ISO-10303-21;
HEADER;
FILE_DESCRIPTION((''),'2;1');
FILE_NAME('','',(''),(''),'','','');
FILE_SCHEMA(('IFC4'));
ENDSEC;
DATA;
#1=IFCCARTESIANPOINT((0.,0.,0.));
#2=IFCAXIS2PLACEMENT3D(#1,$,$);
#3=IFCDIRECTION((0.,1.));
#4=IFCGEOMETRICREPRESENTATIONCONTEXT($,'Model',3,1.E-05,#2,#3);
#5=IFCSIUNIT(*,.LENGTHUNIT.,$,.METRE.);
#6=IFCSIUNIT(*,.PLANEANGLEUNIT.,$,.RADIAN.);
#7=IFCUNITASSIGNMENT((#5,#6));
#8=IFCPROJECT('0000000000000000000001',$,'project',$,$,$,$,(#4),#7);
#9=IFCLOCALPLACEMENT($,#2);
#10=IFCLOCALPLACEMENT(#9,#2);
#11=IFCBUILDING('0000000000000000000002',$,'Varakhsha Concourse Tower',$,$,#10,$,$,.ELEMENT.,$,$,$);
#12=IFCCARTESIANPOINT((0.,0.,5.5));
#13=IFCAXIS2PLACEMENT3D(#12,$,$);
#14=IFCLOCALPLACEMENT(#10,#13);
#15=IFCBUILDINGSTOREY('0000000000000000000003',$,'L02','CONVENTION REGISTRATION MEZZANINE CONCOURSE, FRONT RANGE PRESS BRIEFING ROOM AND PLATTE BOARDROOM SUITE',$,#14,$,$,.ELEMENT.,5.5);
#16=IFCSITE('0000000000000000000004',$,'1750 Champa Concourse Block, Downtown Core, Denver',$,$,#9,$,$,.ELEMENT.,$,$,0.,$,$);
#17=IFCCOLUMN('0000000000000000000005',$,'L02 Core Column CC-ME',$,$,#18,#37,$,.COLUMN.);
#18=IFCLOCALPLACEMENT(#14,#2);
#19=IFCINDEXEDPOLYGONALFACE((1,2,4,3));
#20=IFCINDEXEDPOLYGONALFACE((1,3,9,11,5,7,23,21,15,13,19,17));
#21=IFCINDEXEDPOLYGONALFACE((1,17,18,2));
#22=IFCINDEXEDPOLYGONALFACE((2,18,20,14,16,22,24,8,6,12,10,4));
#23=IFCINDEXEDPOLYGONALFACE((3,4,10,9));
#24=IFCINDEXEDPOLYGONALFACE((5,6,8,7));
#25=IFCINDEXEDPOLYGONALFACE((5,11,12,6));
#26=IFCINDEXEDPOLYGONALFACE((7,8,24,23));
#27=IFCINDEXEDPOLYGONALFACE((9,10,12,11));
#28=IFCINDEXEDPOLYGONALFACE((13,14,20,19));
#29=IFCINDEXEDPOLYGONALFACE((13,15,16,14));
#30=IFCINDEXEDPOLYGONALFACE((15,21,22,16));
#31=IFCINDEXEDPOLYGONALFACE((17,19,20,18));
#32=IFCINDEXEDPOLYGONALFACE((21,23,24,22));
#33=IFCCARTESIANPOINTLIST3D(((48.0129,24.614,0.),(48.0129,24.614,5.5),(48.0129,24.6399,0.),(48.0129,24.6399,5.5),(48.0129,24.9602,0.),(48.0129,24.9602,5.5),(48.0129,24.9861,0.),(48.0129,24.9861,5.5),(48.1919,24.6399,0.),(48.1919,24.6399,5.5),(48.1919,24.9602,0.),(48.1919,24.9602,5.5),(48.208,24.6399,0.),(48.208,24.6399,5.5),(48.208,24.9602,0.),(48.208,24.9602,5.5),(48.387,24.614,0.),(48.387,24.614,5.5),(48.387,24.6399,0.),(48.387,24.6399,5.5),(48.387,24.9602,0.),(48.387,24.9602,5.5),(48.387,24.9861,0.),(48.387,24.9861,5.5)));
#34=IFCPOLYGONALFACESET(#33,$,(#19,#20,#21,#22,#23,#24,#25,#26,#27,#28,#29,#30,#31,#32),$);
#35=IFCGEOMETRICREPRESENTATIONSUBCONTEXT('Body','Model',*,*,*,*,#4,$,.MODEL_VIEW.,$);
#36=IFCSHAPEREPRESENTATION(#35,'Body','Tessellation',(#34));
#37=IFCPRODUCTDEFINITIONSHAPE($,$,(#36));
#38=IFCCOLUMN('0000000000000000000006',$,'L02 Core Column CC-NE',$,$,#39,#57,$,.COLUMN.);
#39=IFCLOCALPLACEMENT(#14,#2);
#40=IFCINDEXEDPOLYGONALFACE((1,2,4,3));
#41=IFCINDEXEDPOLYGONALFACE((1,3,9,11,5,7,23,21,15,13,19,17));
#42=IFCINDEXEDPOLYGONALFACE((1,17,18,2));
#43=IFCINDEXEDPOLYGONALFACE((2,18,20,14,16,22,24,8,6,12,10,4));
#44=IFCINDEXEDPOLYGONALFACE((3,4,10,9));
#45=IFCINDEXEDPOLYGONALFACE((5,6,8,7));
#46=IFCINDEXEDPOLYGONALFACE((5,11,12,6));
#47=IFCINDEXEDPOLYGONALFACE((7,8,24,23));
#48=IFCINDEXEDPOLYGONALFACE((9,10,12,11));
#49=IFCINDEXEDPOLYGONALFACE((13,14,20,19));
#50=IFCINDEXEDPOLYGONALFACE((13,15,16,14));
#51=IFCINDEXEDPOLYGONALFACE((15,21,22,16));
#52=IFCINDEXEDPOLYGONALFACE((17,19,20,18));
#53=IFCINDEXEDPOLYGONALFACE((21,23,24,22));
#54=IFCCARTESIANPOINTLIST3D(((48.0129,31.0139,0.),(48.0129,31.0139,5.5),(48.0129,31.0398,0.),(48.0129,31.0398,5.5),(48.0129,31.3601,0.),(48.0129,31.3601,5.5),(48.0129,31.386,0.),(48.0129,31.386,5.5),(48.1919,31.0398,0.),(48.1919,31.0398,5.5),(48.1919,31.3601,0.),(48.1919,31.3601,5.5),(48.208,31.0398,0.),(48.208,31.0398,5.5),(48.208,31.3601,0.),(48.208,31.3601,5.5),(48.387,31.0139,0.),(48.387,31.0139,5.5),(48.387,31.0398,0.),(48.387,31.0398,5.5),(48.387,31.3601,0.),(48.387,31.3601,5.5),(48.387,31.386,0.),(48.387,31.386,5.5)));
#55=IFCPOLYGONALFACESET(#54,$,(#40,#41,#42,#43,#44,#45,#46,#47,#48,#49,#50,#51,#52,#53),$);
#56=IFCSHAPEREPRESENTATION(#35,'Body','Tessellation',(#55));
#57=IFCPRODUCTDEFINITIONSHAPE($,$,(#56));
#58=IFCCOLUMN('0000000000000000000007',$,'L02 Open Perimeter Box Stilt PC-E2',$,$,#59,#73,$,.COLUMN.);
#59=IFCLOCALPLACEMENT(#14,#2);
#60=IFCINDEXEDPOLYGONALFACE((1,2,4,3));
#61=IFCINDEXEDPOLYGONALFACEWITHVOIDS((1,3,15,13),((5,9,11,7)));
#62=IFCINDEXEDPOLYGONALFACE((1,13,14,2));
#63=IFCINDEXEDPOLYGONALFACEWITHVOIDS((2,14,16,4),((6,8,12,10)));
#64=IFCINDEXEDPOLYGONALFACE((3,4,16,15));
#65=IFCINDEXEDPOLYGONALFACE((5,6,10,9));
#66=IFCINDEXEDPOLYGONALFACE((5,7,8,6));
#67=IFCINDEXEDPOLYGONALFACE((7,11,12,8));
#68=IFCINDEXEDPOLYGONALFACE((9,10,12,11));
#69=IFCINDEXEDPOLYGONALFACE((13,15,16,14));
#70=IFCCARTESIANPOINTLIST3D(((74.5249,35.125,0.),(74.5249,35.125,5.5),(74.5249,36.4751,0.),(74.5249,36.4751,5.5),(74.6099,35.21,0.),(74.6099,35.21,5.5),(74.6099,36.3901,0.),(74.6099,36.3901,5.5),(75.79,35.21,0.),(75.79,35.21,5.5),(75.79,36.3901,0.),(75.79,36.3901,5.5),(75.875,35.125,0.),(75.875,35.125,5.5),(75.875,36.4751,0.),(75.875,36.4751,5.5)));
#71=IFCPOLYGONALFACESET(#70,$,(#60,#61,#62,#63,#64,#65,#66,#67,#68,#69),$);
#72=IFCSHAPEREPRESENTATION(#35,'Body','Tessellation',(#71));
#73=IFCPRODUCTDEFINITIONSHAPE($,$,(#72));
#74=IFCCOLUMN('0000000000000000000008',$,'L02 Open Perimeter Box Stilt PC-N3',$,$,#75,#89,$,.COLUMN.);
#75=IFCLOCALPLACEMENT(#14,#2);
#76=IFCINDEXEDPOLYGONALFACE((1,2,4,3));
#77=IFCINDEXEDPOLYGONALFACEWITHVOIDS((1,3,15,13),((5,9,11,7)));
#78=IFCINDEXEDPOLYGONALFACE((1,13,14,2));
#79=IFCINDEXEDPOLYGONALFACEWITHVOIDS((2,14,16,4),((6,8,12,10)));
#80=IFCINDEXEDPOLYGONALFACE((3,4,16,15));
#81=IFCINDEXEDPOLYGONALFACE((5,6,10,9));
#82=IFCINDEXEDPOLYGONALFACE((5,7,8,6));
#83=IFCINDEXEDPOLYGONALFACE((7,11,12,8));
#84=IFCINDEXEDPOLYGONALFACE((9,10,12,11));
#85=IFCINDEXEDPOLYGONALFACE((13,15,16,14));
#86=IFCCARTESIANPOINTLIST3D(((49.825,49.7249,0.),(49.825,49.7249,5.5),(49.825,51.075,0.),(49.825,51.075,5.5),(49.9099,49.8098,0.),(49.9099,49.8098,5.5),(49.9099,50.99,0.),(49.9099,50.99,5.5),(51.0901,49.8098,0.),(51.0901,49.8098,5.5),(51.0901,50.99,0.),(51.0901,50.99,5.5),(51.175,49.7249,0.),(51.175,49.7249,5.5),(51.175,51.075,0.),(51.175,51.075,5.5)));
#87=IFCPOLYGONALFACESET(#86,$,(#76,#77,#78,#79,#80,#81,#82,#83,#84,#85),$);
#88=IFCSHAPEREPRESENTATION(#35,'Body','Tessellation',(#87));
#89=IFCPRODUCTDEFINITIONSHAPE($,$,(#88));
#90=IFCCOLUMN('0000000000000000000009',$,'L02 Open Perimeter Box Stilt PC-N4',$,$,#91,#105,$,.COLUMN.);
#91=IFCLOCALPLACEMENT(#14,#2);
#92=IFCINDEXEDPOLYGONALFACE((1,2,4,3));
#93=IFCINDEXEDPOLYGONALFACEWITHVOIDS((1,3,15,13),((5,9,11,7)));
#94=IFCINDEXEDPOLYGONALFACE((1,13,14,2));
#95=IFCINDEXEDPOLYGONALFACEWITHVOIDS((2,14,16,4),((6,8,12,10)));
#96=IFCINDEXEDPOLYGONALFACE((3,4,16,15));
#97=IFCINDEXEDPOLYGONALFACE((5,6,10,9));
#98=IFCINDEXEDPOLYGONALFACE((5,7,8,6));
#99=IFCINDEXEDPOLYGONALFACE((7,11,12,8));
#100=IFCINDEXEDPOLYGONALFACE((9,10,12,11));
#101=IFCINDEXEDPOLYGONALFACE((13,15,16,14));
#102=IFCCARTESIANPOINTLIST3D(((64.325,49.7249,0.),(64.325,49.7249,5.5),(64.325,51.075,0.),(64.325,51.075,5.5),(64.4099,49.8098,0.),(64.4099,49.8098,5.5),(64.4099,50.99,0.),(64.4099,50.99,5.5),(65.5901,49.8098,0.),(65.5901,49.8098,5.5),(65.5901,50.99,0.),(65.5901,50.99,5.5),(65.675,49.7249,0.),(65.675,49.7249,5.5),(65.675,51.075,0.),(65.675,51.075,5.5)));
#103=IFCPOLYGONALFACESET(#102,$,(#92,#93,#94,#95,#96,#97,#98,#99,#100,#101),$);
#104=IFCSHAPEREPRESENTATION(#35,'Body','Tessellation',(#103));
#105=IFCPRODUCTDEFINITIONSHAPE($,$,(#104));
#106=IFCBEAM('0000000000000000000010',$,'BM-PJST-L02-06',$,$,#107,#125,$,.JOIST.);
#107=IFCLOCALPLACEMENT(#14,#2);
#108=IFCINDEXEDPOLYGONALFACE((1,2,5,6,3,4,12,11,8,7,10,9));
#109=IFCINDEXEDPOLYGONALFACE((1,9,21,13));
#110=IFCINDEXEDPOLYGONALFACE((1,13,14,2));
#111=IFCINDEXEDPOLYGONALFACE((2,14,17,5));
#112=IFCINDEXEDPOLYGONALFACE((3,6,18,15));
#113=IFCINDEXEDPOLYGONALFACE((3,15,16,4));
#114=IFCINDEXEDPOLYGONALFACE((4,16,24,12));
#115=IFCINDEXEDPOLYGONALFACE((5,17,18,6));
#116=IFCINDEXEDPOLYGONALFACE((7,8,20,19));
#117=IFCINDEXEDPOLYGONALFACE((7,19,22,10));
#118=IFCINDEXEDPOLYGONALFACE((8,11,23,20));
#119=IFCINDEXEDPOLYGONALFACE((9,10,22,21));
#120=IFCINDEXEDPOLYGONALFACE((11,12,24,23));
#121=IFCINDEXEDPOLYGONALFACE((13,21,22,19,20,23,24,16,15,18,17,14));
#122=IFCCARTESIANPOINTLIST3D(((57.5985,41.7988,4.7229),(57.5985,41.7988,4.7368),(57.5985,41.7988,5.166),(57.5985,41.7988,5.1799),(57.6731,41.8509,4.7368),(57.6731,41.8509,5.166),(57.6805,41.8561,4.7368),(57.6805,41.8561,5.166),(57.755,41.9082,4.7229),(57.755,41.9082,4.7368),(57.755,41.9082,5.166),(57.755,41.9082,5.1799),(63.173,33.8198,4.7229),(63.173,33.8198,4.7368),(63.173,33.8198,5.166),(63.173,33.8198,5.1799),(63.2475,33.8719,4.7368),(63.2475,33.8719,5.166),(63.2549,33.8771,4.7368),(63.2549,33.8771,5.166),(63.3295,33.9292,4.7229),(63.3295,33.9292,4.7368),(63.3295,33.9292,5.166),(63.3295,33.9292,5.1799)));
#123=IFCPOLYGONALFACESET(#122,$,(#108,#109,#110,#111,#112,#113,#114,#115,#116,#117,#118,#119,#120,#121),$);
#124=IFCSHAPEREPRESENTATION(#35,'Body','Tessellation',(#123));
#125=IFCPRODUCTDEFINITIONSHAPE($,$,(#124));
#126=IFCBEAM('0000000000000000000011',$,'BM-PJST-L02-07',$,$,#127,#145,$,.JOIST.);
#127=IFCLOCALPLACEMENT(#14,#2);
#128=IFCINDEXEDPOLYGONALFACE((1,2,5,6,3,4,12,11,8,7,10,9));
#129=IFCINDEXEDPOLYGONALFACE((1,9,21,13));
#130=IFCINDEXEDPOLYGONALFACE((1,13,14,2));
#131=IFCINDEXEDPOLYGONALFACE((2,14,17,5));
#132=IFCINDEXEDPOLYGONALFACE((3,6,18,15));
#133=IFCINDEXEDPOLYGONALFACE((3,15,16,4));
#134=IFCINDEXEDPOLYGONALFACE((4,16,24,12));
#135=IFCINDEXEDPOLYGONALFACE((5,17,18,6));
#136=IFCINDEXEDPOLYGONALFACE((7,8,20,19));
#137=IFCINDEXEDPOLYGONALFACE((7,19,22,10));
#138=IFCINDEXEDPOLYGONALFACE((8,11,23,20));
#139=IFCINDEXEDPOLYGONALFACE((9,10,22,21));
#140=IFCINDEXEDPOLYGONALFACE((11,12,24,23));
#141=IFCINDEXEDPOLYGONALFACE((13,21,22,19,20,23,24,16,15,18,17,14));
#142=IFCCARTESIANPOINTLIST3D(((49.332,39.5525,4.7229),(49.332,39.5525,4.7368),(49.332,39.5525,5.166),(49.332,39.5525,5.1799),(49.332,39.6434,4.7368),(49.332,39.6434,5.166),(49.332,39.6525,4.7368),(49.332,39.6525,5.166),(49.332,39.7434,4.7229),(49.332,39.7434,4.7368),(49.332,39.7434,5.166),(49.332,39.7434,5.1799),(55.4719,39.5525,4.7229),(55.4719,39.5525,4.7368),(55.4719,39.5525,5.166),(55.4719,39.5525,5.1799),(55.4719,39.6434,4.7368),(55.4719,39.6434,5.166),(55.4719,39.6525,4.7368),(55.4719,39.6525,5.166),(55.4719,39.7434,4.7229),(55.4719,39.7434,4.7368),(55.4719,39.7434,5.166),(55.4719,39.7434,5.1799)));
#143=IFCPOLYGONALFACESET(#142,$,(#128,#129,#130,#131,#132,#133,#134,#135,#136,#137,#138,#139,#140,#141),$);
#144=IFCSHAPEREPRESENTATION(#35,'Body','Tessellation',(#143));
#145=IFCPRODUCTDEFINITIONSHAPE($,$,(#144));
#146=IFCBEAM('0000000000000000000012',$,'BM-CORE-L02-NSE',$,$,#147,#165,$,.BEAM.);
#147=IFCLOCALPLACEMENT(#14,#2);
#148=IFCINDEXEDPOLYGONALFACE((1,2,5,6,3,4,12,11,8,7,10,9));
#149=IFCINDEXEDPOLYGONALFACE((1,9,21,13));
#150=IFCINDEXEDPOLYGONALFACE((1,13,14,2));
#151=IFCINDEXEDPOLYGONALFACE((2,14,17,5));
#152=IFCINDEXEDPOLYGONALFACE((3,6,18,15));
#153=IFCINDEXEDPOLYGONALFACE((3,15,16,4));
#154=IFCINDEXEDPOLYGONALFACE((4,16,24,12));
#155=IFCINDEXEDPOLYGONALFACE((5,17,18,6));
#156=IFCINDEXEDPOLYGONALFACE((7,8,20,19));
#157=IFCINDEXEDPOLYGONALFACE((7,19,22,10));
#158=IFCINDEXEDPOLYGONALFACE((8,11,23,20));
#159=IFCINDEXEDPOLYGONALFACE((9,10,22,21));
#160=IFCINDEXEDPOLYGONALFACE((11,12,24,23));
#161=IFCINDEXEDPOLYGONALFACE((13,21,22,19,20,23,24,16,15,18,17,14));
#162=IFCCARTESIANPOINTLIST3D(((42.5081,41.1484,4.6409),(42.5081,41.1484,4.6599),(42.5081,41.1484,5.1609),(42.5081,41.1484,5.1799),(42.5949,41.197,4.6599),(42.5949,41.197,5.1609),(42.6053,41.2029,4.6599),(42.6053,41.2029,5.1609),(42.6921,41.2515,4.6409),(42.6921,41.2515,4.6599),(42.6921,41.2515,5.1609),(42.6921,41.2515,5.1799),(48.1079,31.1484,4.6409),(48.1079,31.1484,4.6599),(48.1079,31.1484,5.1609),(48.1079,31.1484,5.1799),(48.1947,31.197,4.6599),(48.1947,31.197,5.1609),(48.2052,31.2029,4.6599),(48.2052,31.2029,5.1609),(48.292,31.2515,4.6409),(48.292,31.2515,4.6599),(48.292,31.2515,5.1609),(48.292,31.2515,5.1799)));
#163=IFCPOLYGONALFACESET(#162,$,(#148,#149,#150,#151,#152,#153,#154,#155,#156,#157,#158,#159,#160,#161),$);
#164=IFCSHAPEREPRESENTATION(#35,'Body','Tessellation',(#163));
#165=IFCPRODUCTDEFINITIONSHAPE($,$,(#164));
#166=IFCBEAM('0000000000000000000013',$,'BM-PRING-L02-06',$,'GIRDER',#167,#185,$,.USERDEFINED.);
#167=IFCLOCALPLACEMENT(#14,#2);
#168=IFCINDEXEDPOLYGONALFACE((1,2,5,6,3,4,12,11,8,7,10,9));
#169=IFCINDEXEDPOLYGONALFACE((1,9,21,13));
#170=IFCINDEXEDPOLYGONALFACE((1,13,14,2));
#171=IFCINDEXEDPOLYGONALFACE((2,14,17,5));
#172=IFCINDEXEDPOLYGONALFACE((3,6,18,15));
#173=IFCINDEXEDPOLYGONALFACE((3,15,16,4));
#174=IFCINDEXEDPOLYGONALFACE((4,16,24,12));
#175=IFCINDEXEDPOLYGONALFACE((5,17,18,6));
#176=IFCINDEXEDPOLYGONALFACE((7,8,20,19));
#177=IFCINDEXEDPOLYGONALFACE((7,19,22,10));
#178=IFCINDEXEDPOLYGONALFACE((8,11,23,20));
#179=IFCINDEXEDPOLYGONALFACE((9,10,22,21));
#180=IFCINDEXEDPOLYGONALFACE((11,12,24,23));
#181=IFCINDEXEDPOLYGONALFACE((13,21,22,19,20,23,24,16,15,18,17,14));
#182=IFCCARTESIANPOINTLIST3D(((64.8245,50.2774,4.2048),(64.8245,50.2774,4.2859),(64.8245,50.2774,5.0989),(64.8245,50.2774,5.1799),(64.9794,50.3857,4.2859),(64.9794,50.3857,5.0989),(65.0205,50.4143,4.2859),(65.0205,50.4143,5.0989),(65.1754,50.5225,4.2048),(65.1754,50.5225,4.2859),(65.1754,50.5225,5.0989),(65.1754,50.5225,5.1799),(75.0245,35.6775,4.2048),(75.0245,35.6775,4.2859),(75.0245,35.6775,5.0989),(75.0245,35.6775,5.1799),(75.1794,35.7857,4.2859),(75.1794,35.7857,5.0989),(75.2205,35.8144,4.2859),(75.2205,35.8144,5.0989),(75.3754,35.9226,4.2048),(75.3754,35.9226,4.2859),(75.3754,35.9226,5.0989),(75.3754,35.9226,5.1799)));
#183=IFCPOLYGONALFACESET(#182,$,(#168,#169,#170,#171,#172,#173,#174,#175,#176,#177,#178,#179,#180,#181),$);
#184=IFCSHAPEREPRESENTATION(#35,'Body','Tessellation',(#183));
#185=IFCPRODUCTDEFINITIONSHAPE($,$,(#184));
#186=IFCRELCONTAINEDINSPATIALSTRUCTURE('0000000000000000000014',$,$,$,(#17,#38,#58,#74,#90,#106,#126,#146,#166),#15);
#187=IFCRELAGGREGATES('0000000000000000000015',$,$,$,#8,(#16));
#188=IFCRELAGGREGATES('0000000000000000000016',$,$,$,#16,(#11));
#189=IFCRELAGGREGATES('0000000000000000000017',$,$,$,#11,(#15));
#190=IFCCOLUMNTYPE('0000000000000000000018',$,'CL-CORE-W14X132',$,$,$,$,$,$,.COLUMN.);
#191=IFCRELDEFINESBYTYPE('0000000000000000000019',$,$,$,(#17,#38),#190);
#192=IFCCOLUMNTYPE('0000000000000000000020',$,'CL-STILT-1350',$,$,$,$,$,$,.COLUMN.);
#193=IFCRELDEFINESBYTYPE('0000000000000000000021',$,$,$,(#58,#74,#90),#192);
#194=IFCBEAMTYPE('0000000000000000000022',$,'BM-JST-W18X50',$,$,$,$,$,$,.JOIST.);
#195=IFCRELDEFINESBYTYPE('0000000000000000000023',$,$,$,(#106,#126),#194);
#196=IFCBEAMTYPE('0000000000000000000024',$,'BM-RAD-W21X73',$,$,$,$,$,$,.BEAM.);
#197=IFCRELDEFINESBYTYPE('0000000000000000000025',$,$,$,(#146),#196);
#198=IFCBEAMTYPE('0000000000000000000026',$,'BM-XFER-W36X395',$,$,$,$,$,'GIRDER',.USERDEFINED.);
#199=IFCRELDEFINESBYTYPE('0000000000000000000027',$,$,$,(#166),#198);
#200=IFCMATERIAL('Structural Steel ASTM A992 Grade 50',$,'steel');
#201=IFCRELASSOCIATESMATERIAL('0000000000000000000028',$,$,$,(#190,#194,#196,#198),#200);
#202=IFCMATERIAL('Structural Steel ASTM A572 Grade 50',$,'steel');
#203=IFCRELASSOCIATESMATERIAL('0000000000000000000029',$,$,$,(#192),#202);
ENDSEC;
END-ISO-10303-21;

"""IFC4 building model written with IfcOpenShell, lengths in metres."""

from ifc_helpers import new_model, si_unit, direction, frame, origin, origin_2d, place, context, subcontext, project, spatial, hollow_rectangle, i_section, extrude, material, material_profile, profile_set, type_object, element, save


model = new_model("IFC4")

# Units and contexts
model_context = context("Model", 3, precision=1e-05, world=origin(), true_north=direction((0.0, 1.0)))
body_context = subcontext(model_context, "Body", "Model", "MODEL_VIEW")
ifc_project = project(units=[si_unit("LENGTHUNIT", "METRE"), si_unit("PLANEANGLEUNIT", "RADIAN")], contexts=[model_context])

# Site, building, storey
site_placement = place(None, origin())
site = spatial("IfcSite", under=ifc_project, at=site_placement, Name="1750 Champa Concourse Block, Downtown Core, Denver", CompositionType="ELEMENT", RefElevation=0.0)
building_placement = place(site_placement, origin())
building = spatial("IfcBuilding", under=site, at=building_placement, Name="Varakhsha Concourse Tower", CompositionType="ELEMENT")
storey_placement = place(building_placement, frame((0.0, 0.0, 5.5)))
storey = spatial("IfcBuildingStorey", under=building, at=storey_placement, Name="L02", Description="CONVENTION REGISTRATION MEZZANINE CONCOURSE, FRONT RANGE PRESS BRIEFING ROOM AND PLATTE BOARDROOM SUITE", CompositionType="ELEMENT", Elevation=5.5)

# Columns
ifc_material_1 = material(Name="Structural Steel ASTM A992 Grade 50", Category="steel")
ifc_material_profile_1 = material_profile(ifc_material_1, i_section(OverallWidth=0.374, OverallDepth=0.3721, WebThickness=0.0161, FlangeThickness=0.0259, at=origin_2d()), Name="W14X132")
ifc_profile_set_1 = profile_set([ifc_material_profile_1], Name="Structural Steel ASTM A992 Grade 50")
column_type_1 = type_object("IfcColumnType", Name="CL-CORE-W14X132", PredefinedType="COLUMN", material=ifc_profile_set_1)
for number, where, z_axis, x_axis, name in (
    (1, (48.2, 24.8, 0.0), (0.0, 0.0, 1.0), (1.0, 0.0, 0.0), "L02 Core Column CC-ME"),
    (2, (48.2, 31.2, 0.0), (0.0, 0.0, 1.0), (1.0, 0.0, 0.0), "L02 Core Column CC-NE"),
):
    element("IfcColumn", number, at=place(storey_placement, frame(where, z_axis=z_axis, x_axis=x_axis)), inside=storey, type_object=column_type_1, Name=name, PredefinedType="COLUMN", context=body_context, shape_type="SweptSolid", body=[
        extrude(i_section(OverallWidth=0.374, OverallDepth=0.3721, WebThickness=0.0161, FlangeThickness=0.0259, at=origin_2d()), origin(), (0.0, 0.0, 1.0), 5.5),
    ])
ifc_material_2 = material(Name="Structural Steel ASTM A572 Grade 50", Category="steel")
ifc_material_profile_2 = material_profile(ifc_material_2, hollow_rectangle(XDim=1.3501, YDim=1.3501, WallThickness=0.085, at=origin_2d()), Name="BOX 1350x1350x85")
ifc_profile_set_2 = profile_set([ifc_material_profile_2], Name="Structural Steel ASTM A572 Grade 50")
column_type_2 = type_object("IfcColumnType", Name="CL-STILT-1350", PredefinedType="COLUMN", material=ifc_profile_set_2)
for number, where, z_axis, x_axis, name in (
    (3, (75.2, 35.8, 0.0), (0.0, 0.0, 1.0), (1.0, 0.0, 0.0), "L02 Open Perimeter Box Stilt PC-E2"),
    (4, (50.5, 50.3999, 0.0), (0.0, 0.0, 1.0), (1.0, 0.0, 0.0), "L02 Open Perimeter Box Stilt PC-N3"),
    (5, (65.0, 50.3999, 0.0), (0.0, 0.0, 1.0), (1.0, 0.0, 0.0), "L02 Open Perimeter Box Stilt PC-N4"),
):
    element("IfcColumn", number, at=place(storey_placement, frame(where, z_axis=z_axis, x_axis=x_axis)), inside=storey, type_object=column_type_2, Name=name, PredefinedType="COLUMN", context=body_context, shape_type="SweptSolid", body=[
        extrude(hollow_rectangle(XDim=1.3501, YDim=1.3501, WallThickness=0.085, at=origin_2d()), origin(), (0.0, 0.0, 1.0), 5.5),
    ])

# Beams
ifc_material_profile_3 = material_profile(ifc_material_1, i_section(OverallWidth=0.1909, OverallDepth=0.457, WebThickness=0.009, FlangeThickness=0.0139, at=origin_2d()), Name="W18X50")
ifc_profile_set_3 = profile_set([ifc_material_profile_3], Name="Structural Steel ASTM A992 Grade 50")
beam_type_1 = type_object("IfcBeamType", Name="BM-JST-W18X50", PredefinedType="JOIST", material=ifc_profile_set_3)
beam_1_placement = place(storey_placement, frame((63.2512, 33.8745, 4.9514), z_axis=(-0.572715, 0.819755, 0.0), x_axis=(-0.819755, -0.572715, 0.0)))
element("IfcBeam", 6, at=beam_1_placement, inside=storey, type_object=beam_type_1, Name="BM-PJST-L02-06", PredefinedType="JOIST", context=body_context, shape_type="SweptSolid", body=[
    extrude(i_section(OverallWidth=0.1909, OverallDepth=0.457, WebThickness=0.009, FlangeThickness=0.0139, at=origin_2d()), origin(), (0.0, 0.0, 1.0), 9.7334),
])
beam_2_placement = place(storey_placement, frame((55.4719, 39.6479, 4.9514), z_axis=(-1.0, 0.0, 0.0), x_axis=(0.0, -1.0, 0.0)))
element("IfcBeam", 7, at=beam_2_placement, inside=storey, type_object=beam_type_1, Name="BM-PJST-L02-07", PredefinedType="JOIST", context=body_context, shape_type="SweptSolid", body=[
    extrude(i_section(OverallWidth=0.1909, OverallDepth=0.457, WebThickness=0.009, FlangeThickness=0.0139, at=origin_2d()), origin(), (0.0, 0.0, 1.0), 6.1399),
])
ifc_material_profile_4 = material_profile(ifc_material_1, i_section(OverallWidth=0.2109, OverallDepth=0.5391, WebThickness=0.012, FlangeThickness=0.019, at=origin_2d()), Name="W21X73")
ifc_profile_set_4 = profile_set([ifc_material_profile_4], Name="Structural Steel ASTM A992 Grade 50")
beam_type_2 = type_object("IfcBeamType", Name="BM-RAD-W21X73", PredefinedType="BEAM", material=ifc_profile_set_4)
beam_3_placement = place(storey_placement, frame((48.2, 31.2, 4.9104), z_axis=(-0.488594, 0.872511, 0.0), x_axis=(-0.872511, -0.488594, 0.0)))
element("IfcBeam", 8, at=beam_3_placement, inside=storey, type_object=beam_type_2, Name="BM-CORE-L02-NSE", PredefinedType="BEAM", context=body_context, shape_type="SweptSolid", body=[
    extrude(i_section(OverallWidth=0.2109, OverallDepth=0.5391, WebThickness=0.012, FlangeThickness=0.019, at=origin_2d()), origin(), (0.0, 0.0, 1.0), 11.4612),
])
ifc_material_profile_5 = material_profile(ifc_material_1, i_section(OverallWidth=0.428, OverallDepth=0.9751, WebThickness=0.05, FlangeThickness=0.0811, at=origin_2d()), Name="W36X395")
ifc_profile_set_5 = profile_set([ifc_material_profile_5], Name="Structural Steel ASTM A992 Grade 50")
beam_type_3 = type_object("IfcBeamType", Name="BM-XFER-W36X395", ElementType="GIRDER", PredefinedType="USERDEFINED", material=ifc_profile_set_5)
beam_4_placement = place(storey_placement, frame((75.2, 35.8, 4.6924), z_axis=(-0.57271, 0.819758, 0.0), x_axis=(-0.819758, -0.57271, 0.0)))
element("IfcBeam", 9, at=beam_4_placement, inside=storey, type_object=beam_type_3, Name="BM-PRING-L02-06", ObjectType="GIRDER", PredefinedType="USERDEFINED", context=body_context, shape_type="SweptSolid", body=[
    extrude(i_section(OverallWidth=0.428, OverallDepth=0.9751, WebThickness=0.05, FlangeThickness=0.0811, at=origin_2d()), origin(), (0.0, 0.0, 1.0), 17.8101),
])

save(model, "model.ifc")
